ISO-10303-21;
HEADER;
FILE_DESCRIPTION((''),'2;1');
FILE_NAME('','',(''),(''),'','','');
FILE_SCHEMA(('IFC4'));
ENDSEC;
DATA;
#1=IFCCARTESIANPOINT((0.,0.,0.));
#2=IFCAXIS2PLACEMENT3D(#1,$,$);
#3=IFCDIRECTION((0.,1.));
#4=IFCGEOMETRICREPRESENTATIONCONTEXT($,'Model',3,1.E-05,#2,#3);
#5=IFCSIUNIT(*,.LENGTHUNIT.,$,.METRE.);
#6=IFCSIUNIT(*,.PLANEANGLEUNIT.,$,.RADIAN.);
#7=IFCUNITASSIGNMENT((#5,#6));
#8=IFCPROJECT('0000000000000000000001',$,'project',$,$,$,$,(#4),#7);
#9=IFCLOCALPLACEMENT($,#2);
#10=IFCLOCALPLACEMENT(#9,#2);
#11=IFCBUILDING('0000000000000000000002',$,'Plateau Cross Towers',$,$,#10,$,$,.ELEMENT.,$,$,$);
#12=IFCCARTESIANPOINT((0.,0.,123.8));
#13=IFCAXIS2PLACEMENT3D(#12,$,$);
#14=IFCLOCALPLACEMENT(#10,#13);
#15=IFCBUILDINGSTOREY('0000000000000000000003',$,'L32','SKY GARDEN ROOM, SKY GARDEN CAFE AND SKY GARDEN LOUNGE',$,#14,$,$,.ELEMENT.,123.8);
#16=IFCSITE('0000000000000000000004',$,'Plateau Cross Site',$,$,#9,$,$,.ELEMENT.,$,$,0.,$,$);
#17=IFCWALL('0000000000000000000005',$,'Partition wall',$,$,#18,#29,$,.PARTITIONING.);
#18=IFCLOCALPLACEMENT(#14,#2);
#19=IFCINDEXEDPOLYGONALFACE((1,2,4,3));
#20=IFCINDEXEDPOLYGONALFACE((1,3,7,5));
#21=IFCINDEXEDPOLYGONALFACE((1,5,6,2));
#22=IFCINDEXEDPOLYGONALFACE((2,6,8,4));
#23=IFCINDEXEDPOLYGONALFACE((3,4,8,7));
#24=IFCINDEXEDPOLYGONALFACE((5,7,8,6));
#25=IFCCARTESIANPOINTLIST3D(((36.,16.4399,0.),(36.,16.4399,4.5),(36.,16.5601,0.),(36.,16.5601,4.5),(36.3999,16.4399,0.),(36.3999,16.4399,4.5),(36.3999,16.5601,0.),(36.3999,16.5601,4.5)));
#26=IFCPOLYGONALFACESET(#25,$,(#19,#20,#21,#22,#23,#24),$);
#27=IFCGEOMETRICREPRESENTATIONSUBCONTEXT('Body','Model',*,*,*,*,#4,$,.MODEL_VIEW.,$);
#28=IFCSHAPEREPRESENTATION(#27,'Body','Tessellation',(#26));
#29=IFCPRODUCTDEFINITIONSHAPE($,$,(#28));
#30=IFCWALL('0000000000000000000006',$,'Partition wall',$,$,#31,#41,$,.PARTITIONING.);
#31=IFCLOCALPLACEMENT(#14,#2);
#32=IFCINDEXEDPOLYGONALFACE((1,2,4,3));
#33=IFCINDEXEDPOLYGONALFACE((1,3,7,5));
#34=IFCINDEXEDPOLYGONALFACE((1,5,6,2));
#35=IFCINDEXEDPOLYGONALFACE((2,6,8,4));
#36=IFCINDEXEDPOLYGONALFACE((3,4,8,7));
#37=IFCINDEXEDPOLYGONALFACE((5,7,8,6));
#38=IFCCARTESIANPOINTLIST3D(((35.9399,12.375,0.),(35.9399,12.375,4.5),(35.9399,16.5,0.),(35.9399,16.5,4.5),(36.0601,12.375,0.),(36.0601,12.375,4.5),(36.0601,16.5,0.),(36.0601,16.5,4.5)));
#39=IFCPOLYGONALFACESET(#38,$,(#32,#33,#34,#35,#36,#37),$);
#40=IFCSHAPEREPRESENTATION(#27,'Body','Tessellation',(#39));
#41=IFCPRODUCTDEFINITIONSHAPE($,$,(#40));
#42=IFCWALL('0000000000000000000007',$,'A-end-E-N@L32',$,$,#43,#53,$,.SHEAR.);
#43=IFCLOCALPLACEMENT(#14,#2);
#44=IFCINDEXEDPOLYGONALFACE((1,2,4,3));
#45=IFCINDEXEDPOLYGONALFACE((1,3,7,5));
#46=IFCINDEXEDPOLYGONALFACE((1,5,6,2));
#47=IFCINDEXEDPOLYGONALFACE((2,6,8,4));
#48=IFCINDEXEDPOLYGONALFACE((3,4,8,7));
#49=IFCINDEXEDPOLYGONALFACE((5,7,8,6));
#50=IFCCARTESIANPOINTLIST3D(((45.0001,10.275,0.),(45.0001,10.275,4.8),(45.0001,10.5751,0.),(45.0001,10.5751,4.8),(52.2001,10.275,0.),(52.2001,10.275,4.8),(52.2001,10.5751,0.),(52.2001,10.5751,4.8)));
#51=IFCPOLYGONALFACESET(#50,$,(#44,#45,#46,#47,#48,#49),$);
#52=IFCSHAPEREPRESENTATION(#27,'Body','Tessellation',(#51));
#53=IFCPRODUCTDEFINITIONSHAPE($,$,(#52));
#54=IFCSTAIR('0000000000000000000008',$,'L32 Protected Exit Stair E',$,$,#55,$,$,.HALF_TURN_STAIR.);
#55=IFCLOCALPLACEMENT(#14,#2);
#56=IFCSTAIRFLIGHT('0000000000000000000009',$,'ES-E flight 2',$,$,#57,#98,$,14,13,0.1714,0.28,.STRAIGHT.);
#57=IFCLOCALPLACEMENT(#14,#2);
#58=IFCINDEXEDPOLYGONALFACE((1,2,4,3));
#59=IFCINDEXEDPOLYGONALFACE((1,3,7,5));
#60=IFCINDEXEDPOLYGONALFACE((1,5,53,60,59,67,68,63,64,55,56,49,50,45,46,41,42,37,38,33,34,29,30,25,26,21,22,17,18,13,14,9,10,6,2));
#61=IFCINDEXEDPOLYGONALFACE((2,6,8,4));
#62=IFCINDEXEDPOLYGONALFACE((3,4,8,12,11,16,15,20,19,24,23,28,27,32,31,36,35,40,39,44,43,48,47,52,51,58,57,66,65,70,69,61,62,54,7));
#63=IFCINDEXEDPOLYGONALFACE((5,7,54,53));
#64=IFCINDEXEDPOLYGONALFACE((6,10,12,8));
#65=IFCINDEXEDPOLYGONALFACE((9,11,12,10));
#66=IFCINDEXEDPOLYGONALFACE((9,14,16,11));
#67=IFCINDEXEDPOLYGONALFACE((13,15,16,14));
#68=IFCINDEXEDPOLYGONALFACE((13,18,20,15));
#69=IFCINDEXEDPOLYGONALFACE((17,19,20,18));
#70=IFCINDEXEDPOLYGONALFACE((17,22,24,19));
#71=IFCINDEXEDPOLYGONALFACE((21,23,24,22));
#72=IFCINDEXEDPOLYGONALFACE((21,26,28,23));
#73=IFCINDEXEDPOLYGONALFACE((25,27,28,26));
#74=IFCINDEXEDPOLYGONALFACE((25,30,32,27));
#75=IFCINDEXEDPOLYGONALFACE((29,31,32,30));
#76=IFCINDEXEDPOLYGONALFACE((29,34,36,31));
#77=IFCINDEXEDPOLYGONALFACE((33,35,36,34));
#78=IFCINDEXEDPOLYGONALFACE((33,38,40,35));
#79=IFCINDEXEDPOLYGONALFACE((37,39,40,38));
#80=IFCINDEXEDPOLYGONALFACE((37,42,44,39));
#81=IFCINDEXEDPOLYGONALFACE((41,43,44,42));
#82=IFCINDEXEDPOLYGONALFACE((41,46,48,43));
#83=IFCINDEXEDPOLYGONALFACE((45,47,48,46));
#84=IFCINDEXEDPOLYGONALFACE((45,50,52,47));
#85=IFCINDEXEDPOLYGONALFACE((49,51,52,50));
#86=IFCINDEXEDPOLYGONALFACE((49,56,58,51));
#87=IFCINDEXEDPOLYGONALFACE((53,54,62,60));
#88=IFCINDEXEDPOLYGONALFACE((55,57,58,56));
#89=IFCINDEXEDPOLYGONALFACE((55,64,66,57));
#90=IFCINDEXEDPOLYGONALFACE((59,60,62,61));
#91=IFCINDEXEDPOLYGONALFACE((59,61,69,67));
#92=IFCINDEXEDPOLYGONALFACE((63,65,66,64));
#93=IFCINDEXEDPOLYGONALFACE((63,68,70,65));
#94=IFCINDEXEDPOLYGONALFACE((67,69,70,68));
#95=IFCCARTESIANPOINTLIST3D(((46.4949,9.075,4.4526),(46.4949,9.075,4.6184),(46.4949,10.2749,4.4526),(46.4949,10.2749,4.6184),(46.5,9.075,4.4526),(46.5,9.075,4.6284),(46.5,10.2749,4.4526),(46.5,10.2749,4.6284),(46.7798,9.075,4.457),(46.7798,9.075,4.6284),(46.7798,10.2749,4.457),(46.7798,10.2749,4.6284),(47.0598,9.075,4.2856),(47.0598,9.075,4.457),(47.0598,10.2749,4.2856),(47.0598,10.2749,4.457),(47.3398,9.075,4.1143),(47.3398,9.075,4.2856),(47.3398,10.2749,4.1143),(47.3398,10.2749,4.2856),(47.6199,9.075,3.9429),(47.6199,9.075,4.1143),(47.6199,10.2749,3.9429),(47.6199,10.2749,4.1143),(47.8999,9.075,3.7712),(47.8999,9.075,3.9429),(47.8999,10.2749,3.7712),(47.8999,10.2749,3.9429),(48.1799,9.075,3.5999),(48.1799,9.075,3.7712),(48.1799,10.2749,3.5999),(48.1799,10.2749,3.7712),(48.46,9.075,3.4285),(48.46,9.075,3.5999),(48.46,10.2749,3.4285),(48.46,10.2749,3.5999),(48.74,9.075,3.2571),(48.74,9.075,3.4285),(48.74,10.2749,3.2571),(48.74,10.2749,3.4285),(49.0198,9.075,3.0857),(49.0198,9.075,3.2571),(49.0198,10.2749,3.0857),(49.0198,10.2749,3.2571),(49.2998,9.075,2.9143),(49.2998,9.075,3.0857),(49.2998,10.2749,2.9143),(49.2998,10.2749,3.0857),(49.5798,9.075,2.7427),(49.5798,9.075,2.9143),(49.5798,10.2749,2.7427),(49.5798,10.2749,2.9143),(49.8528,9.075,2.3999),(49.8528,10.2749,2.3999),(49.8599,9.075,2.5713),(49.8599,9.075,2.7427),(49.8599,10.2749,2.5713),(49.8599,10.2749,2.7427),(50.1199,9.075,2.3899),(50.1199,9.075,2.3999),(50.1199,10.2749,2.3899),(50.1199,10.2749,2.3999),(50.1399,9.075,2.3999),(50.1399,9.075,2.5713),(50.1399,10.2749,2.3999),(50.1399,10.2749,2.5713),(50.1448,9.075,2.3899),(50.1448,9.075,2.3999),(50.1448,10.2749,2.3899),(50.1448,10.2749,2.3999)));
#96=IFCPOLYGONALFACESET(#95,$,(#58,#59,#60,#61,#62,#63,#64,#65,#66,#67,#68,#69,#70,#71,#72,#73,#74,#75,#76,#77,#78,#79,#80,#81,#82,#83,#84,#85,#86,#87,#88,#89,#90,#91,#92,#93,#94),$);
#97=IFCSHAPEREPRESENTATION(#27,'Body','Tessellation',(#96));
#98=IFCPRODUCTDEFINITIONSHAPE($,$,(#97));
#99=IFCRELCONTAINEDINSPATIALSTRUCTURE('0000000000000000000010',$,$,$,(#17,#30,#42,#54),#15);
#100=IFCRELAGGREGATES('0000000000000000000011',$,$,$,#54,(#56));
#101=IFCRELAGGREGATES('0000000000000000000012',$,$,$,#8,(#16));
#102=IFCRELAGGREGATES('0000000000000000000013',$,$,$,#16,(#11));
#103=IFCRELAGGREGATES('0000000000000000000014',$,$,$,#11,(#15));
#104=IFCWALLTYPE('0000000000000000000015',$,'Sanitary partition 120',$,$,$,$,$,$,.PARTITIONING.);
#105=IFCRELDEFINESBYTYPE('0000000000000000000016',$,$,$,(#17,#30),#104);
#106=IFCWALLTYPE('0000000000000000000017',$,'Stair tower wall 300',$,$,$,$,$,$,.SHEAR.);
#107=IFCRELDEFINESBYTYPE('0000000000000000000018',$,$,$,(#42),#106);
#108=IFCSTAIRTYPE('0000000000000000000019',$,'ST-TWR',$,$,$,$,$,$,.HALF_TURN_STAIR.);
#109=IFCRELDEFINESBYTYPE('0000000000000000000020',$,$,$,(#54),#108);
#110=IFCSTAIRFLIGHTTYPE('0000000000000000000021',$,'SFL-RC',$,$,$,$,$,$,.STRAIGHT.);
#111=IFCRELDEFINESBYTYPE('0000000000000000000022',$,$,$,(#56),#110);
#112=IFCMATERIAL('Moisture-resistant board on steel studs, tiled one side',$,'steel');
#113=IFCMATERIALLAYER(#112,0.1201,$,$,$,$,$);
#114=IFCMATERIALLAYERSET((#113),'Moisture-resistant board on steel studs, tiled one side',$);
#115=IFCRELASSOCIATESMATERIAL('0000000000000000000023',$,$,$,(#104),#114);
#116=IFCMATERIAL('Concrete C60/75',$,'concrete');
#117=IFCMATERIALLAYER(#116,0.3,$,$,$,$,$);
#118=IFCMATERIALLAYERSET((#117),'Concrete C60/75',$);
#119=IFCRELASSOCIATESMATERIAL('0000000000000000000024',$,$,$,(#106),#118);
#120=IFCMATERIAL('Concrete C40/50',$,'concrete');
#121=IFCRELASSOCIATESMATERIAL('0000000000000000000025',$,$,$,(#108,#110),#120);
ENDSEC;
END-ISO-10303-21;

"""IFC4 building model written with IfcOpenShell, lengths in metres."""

from ifc_helpers import new_model, si_unit, direction, frame, frame_2d, origin, place, context, subcontext, project, spatial, polyline, rectangle, outline, extrude, material, layer, layer_set, type_object, element, aggregate, save


model = new_model("IFC4")

# Units and contexts
model_context = context("Model", 3, precision=1e-05, world=origin(), true_north=direction((0.0, 1.0)))
body_context = subcontext(model_context, "Body", "Model", "MODEL_VIEW")
ifc_project = project(units=[si_unit("LENGTHUNIT", "METRE"), si_unit("PLANEANGLEUNIT", "RADIAN")], contexts=[model_context])

# Site, building, storey
site_placement = place(None, origin())
site = spatial("IfcSite", under=ifc_project, at=site_placement, Name="Plateau Cross Site", CompositionType="ELEMENT", RefElevation=0.0)
building_placement = place(site_placement, origin())
building = spatial("IfcBuilding", under=site, at=building_placement, Name="Plateau Cross Towers", CompositionType="ELEMENT")
storey_placement = place(building_placement, frame((0.0, 0.0, 123.8)))
storey = spatial("IfcBuildingStorey", under=building, at=storey_placement, Name="L32", Description="SKY GARDEN ROOM, SKY GARDEN CAFE AND SKY GARDEN LOUNGE", CompositionType="ELEMENT", Elevation=123.8)

# Shared definitions
ifc_material_1 = material(Name="Concrete C60/75", Category="concrete")

# Walls
ifc_material_2 = material(Name="Moisture-resistant board on steel studs, tiled one side", Category="steel")
ifc_layer_1 = layer(ifc_material_2, 0.1201)
ifc_layer_set_1 = layer_set([ifc_layer_1], Name="Moisture-resistant board on steel studs, tiled one side")
wall_type_1 = type_object("IfcWallType", Name="Sanitary partition 120", PredefinedType="PARTITIONING", material=ifc_layer_set_1)
wall_1_placement = place(storey_placement, frame((36.3999, 16.5, 0.0), z_axis=(0.0, 0.0, 1.0), x_axis=(-1.0, 0.0, 0.0)))
element("IfcWall", 1, at=wall_1_placement, inside=storey, type_object=wall_type_1, Name="Partition wall", PredefinedType="PARTITIONING", context=body_context, shape_type="SweptSolid", body=[
    extrude(rectangle(XDim=0.3999, YDim=0.1201, at=frame_2d((0.2, 0.0))), origin(), (0.0, 0.0, 1.0), 4.5),
])
wall_2_placement = place(storey_placement, frame((36.0, 16.5, 0.0), z_axis=(0.0, 0.0, 1.0), x_axis=(0.0, -1.0, 0.0)))
element("IfcWall", 2, at=wall_2_placement, inside=storey, type_object=wall_type_1, Name="Partition wall", PredefinedType="PARTITIONING", context=body_context, shape_type="SweptSolid", body=[
    extrude(rectangle(XDim=4.125, YDim=0.1201, at=frame_2d((2.0625, 0.0))), origin(), (0.0, 0.0, 1.0), 4.5),
])
ifc_layer_2 = layer(ifc_material_1, 0.3)
ifc_layer_set_2 = layer_set([ifc_layer_2], Name="Concrete C60/75")
wall_type_2 = type_object("IfcWallType", Name="Stair tower wall 300", PredefinedType="SHEAR", material=ifc_layer_set_2)
wall_3_placement = place(storey_placement, frame((45.0, 10.425, 0.0), z_axis=(0.0, 0.0, 1.0), x_axis=(1.0, 0.0, 0.0)))
element("IfcWall", 3, at=wall_3_placement, inside=storey, type_object=wall_type_2, Name="A-end-E-N@L32", PredefinedType="SHEAR", context=body_context, shape_type="SweptSolid", body=[
    extrude(rectangle(XDim=7.2, YDim=0.3, at=frame_2d((3.6001, 0.0))), origin(), (0.0, 0.0, 1.0), 4.8),
])

# Stair, stair flight
ifc_material_3 = material(Name="Concrete C40/50", Category="concrete")
stair_type = type_object("IfcStairType", Name="ST-TWR", PredefinedType="HALF_TURN_STAIR", material=ifc_material_3)
stair_placement = place(storey_placement, origin())
stair = element("IfcStair", 4, at=stair_placement, inside=storey, type_object=stair_type, Name="L32 Protected Exit Stair E", PredefinedType="HALF_TURN_STAIR")
stair_flight_type = type_object("IfcStairFlightType", Name="SFL-RC", PredefinedType="STRAIGHT", material=ifc_material_3)
stair_flight_placement = place(storey_placement, frame((50.1399, 9.675, 2.3999), z_axis=(0.0, 0.0, 1.0), x_axis=(-1.0, 0.0, 0.0)))
stair_flight = element("IfcStairFlight", 5, at=stair_flight_placement, type_object=stair_flight_type, Name="ES-E flight 2", NumberOfRisers=14, NumberOfTreads=13, PredefinedType="STRAIGHT", RiserHeight=0.1714, TreadLength=0.28, context=body_context, shape_type="SweptSolid", body=[
    extrude(outline(polyline([(-0.0049, -0.01), (-0.0049, 0.0), (0.0, 0.0), (0.0, 0.1714), (0.28, 0.1714), (0.28, 0.3428), (0.5601, 0.3428), (0.5601, 0.5144), (0.8401, 0.5144), (0.8401, 0.6858), (1.1201, 0.6858), (1.1201, 0.8572), (1.3999, 0.8572), (1.3999, 1.0286), (1.6799, 1.0286), (1.6799, 1.2), (1.96, 1.2), (1.96, 1.3713), (2.24, 1.3713), (2.24, 1.543), (2.52, 1.543), (2.52, 1.7144), (2.8, 1.7144), (2.8, 1.8857), (3.0801, 1.8857), (3.0801, 2.0571), (3.3601, 2.0571), (3.3601, 2.2285), (3.6399, 2.2285), (3.645, 2.2185), (3.645, 2.0527), (3.6399, 2.0527), (0.2871, 0.0), (0.02, 0.0), (0.02, -0.01), (-0.0049, -0.01)])), frame((0.0, 0.6001, 0.0), z_axis=(0.0, -1.0, 0.0), x_axis=(1.0, 0.0, 0.0)), (0.0, 0.0, 1.0), 1.2),
])
aggregate(stair, [stair_flight])

save(model, "model.ifc")
